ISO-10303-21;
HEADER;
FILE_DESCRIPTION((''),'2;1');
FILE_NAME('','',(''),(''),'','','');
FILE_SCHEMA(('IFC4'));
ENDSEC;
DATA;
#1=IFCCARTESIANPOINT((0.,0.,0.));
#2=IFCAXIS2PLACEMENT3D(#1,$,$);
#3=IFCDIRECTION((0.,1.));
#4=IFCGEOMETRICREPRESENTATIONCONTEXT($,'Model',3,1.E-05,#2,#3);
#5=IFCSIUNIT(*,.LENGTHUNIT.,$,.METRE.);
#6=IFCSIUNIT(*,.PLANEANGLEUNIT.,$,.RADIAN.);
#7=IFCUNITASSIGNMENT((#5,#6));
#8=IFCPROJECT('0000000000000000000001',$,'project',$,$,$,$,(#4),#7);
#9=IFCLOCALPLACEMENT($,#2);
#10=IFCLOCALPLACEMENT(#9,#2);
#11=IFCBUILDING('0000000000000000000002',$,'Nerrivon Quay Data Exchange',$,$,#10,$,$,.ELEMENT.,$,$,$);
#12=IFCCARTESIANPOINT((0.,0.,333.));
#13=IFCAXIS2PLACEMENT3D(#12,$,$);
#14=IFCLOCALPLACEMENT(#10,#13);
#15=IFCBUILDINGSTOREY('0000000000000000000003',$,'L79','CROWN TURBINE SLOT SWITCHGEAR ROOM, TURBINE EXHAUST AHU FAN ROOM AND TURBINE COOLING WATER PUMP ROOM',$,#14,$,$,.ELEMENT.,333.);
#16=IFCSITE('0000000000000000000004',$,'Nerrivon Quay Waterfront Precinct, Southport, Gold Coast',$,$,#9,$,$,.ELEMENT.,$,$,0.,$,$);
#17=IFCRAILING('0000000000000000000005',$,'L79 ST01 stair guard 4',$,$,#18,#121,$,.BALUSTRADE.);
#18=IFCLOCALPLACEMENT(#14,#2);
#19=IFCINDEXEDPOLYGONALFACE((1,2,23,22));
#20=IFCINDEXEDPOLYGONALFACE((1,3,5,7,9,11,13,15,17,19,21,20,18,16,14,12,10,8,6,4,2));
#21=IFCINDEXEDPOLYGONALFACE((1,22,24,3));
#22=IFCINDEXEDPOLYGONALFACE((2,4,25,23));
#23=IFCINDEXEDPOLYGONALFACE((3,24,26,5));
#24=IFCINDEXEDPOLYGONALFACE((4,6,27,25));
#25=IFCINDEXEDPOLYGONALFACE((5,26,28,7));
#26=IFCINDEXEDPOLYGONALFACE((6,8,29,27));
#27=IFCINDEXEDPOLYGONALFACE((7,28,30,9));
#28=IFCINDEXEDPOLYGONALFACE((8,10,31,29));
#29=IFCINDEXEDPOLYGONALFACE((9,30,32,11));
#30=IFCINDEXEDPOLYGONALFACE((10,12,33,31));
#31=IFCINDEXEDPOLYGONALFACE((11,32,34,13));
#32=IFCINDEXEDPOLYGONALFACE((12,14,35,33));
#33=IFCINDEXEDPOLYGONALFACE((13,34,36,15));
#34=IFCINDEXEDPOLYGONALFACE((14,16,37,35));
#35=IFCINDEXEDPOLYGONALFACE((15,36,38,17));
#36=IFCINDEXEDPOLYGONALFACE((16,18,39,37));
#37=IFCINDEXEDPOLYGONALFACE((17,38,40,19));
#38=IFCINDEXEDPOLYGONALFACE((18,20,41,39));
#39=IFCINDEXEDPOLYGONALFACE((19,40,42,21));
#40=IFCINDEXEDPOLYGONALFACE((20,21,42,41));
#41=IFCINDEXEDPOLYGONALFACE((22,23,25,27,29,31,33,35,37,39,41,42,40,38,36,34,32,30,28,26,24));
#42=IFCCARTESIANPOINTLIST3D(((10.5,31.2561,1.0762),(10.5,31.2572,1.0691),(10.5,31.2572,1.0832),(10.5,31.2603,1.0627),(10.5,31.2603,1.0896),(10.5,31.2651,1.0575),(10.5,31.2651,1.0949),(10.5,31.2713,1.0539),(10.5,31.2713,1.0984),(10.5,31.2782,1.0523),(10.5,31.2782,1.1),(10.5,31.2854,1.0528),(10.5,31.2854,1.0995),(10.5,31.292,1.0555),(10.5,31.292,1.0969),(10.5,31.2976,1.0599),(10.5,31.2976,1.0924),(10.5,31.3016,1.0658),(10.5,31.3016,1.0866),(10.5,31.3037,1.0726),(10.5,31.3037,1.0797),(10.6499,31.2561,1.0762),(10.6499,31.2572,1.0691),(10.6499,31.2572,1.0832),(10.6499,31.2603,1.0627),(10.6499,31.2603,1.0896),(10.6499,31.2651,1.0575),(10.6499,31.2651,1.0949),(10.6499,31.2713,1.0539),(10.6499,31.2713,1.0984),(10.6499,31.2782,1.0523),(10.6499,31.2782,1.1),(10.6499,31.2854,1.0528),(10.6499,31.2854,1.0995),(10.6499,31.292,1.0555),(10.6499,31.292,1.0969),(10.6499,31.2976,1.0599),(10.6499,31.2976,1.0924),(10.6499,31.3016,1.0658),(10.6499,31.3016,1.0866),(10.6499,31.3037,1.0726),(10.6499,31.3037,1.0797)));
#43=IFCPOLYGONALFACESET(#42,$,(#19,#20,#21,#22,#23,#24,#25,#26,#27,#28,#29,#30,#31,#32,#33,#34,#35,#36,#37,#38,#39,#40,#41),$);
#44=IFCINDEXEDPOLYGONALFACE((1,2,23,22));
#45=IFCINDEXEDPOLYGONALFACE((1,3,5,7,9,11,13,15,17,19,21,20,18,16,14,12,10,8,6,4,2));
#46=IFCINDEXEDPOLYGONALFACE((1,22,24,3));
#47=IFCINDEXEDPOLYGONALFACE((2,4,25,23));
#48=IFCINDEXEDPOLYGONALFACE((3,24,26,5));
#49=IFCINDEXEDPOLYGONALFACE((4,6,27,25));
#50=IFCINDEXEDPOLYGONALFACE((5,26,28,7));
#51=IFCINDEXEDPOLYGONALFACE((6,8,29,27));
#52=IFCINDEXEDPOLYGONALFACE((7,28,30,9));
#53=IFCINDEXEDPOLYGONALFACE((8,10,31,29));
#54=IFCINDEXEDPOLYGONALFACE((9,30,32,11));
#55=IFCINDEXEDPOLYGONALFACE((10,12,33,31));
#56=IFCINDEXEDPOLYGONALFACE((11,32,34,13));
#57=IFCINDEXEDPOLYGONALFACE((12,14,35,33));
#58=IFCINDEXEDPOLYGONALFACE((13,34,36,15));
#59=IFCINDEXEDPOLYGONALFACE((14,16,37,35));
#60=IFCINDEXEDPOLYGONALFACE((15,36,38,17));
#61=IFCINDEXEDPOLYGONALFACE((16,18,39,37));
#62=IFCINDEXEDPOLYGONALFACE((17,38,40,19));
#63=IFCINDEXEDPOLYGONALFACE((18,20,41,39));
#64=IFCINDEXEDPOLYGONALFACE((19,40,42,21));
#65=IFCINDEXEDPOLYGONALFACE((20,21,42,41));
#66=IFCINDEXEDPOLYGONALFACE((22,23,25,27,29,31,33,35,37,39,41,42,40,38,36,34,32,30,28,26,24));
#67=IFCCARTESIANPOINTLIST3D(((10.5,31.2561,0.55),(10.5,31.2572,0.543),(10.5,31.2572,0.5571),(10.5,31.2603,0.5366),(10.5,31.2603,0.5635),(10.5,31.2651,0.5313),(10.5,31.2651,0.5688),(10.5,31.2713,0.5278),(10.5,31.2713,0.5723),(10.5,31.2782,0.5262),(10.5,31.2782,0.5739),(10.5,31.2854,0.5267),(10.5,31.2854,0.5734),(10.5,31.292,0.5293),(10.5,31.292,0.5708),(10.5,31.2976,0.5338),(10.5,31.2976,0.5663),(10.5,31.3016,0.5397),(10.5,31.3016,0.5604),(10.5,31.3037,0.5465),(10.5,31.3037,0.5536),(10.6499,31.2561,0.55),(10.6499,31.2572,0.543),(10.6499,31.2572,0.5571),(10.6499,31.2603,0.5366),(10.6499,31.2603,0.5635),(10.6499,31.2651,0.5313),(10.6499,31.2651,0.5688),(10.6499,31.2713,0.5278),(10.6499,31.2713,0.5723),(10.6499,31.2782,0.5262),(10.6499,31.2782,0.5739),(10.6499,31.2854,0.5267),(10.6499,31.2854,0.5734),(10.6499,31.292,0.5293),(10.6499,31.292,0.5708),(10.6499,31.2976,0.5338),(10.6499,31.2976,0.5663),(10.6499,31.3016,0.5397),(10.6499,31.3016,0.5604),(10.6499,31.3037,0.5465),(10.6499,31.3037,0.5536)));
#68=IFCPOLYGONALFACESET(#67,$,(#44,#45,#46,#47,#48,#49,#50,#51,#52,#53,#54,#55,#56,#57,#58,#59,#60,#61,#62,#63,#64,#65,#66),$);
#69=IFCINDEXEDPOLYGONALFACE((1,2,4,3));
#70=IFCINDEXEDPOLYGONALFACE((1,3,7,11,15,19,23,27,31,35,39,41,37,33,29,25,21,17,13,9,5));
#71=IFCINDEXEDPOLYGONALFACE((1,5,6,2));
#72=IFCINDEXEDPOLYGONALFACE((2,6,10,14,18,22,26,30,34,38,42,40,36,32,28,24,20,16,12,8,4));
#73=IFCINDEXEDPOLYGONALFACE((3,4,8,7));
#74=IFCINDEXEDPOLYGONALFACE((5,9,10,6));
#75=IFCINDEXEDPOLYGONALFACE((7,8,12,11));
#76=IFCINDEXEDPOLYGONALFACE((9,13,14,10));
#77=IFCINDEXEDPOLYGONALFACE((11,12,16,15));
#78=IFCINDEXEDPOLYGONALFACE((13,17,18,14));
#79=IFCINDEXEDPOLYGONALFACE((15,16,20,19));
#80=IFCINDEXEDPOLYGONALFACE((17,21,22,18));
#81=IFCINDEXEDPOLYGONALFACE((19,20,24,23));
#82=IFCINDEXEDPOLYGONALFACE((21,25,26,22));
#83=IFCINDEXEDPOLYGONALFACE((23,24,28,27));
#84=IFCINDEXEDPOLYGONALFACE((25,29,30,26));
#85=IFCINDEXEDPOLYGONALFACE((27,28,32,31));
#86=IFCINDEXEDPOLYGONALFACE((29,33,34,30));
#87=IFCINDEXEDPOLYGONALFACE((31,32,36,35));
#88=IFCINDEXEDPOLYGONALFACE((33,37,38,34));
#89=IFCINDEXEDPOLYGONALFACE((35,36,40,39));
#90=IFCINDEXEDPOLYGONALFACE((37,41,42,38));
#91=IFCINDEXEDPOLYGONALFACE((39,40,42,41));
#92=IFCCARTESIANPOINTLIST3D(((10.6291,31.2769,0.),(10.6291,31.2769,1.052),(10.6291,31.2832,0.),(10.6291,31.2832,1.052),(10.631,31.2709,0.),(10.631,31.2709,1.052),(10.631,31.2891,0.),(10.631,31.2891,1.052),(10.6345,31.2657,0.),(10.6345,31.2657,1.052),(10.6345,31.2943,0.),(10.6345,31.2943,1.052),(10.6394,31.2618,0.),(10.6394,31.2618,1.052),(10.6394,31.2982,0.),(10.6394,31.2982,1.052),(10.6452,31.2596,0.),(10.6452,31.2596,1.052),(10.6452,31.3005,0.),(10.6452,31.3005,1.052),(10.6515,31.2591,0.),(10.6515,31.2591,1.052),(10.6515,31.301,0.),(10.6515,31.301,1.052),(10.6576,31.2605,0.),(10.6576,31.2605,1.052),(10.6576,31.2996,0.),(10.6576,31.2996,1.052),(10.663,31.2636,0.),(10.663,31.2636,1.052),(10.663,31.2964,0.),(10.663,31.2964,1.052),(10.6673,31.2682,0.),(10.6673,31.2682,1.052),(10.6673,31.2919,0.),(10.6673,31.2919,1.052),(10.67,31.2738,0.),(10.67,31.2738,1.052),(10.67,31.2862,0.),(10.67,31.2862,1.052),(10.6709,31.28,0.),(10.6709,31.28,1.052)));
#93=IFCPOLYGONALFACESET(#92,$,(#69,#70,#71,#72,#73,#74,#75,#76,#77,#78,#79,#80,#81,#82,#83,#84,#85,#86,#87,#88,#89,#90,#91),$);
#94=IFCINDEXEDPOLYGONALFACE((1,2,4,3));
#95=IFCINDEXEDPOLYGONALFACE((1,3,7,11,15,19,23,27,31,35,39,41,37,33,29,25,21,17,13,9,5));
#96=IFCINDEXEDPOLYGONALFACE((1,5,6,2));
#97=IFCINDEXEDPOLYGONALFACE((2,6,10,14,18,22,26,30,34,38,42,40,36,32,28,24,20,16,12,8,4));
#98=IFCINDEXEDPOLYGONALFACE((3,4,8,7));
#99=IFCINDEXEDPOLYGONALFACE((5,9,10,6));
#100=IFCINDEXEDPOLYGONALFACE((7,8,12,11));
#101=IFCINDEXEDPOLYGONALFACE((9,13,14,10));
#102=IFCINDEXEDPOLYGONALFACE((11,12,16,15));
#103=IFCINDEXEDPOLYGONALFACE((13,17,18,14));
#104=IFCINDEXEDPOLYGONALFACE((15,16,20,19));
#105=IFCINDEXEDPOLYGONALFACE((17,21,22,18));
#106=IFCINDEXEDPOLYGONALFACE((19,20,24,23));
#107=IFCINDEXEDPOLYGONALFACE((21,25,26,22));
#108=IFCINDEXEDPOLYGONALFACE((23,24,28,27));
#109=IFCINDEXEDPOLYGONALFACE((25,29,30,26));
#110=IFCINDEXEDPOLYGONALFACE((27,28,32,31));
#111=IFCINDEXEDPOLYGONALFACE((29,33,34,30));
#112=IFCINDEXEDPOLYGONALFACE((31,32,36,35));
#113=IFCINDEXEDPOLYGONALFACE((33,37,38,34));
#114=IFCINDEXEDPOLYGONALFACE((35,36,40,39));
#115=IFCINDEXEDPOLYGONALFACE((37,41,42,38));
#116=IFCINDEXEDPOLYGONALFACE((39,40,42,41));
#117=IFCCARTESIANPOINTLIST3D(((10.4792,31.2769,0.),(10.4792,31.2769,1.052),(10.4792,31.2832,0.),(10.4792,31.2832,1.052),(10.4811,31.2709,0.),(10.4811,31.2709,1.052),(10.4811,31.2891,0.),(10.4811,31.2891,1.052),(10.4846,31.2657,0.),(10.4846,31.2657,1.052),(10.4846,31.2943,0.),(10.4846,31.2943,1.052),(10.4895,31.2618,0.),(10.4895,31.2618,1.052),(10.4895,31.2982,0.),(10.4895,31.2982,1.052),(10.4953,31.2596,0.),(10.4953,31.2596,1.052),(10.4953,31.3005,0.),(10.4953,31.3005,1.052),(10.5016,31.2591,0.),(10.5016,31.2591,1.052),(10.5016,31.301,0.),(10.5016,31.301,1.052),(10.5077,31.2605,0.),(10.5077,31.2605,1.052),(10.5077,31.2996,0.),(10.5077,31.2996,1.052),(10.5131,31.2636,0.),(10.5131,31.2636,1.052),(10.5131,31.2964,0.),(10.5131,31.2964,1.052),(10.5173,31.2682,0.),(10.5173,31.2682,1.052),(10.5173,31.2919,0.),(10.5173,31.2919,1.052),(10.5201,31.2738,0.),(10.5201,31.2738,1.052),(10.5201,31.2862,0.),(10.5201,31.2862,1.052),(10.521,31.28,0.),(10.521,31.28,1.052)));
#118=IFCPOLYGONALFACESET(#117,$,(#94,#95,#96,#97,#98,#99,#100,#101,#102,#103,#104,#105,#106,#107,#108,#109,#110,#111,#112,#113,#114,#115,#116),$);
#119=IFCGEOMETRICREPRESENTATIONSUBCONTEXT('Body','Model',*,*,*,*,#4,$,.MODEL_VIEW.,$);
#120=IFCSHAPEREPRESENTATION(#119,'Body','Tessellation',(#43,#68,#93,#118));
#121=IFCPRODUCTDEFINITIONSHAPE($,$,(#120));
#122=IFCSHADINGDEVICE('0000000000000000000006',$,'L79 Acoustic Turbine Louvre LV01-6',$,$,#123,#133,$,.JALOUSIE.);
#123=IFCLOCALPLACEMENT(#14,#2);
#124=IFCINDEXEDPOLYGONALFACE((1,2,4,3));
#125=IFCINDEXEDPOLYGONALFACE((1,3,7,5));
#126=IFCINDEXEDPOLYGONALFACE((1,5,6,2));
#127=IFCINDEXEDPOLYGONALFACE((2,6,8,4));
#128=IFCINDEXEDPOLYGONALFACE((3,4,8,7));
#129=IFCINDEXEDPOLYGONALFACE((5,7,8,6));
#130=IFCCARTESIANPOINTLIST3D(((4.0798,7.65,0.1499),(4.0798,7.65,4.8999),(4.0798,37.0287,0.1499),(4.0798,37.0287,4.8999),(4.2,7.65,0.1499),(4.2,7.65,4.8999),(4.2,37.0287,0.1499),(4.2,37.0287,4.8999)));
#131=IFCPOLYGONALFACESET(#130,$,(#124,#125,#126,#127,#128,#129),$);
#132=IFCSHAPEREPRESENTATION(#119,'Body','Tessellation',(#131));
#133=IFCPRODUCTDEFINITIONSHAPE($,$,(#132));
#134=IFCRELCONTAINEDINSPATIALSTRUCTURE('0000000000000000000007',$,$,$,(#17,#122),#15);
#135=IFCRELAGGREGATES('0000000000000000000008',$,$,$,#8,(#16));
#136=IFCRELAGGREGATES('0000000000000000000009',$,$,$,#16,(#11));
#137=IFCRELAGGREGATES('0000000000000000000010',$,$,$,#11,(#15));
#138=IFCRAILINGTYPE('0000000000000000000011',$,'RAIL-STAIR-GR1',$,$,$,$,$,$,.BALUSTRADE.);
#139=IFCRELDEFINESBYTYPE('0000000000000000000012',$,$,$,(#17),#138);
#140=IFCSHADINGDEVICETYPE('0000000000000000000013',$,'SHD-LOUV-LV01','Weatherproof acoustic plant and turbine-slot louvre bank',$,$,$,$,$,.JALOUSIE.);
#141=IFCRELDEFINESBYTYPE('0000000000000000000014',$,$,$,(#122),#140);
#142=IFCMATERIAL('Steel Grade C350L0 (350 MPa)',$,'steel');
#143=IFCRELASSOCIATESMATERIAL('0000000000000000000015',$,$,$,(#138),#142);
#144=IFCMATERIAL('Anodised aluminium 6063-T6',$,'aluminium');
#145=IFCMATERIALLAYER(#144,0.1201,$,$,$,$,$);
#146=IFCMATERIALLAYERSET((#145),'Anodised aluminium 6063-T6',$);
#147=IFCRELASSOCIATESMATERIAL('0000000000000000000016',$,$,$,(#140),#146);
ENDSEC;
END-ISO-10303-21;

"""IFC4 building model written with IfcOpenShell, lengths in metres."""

from ifc_helpers import new_model, si_unit, direction, frame, origin, origin_2d, place, context, subcontext, project, spatial, rectangle, circle, extrude, material, layer, layer_set, type_object, element, save


model = new_model("IFC4")

# Units and contexts
model_context = context("Model", 3, precision=1e-05, world=origin(), true_north=direction((0.0, 1.0)))
body_context = subcontext(model_context, "Body", "Model", "MODEL_VIEW")
ifc_project = project(units=[si_unit("LENGTHUNIT", "METRE"), si_unit("PLANEANGLEUNIT", "RADIAN")], contexts=[model_context])

# Site, building, storey
site_placement = place(None, origin())
site = spatial("IfcSite", under=ifc_project, at=site_placement, Name="Nerrivon Quay Waterfront Precinct, Southport, Gold Coast", CompositionType="ELEMENT", RefElevation=0.0)
building_placement = place(site_placement, origin())
building = spatial("IfcBuilding", under=site, at=building_placement, Name="Nerrivon Quay Data Exchange", CompositionType="ELEMENT")
storey_placement = place(building_placement, frame((0.0, 0.0, 333.0)))
storey = spatial("IfcBuildingStorey", under=building, at=storey_placement, Name="L79", Description="CROWN TURBINE SLOT SWITCHGEAR ROOM, TURBINE EXHAUST AHU FAN ROOM AND TURBINE COOLING WATER PUMP ROOM", CompositionType="ELEMENT", Elevation=333.0)

# Railing
ifc_material_1 = material(Name="Steel Grade C350L0 (350 MPa)", Category="steel")
railing_type_1 = type_object("IfcRailingType", Name="RAIL-STAIR-GR1", PredefinedType="BALUSTRADE", material=ifc_material_1)
railing_1_placement = place(storey_placement, frame((10.6499, 31.28, 0.0)))
element("IfcRailing", 1, at=railing_1_placement, inside=storey, type_object=railing_type_1, Name="L79 ST01 stair guard 4", PredefinedType="BALUSTRADE", context=body_context, shape_type="SweptSolid", body=[
    extrude(circle(Radius=0.0239, at=origin_2d()), frame((0.0, 0.0, 1.0762), z_axis=(-1.0, 0.0, 0.0), x_axis=(0.0, -1.0, 0.0)), (0.0, 0.0, 1.0), 0.1499),
    extrude(circle(Radius=0.0239, at=origin_2d()), frame((0.0, 0.0, 0.55), z_axis=(-1.0, 0.0, 0.0), x_axis=(0.0, -1.0, 0.0)), (0.0, 0.0, 1.0), 0.1499),
    extrude(circle(Radius=0.021, at=origin_2d()), origin(), (0.0, 0.0, 1.0), 1.052),
    extrude(circle(Radius=0.021, at=origin_2d()), frame((-0.1499, 0.0, 0.0)), (0.0, 0.0, 1.0), 1.052),
])

# Shading device
ifc_material_2 = material(Name="Anodised aluminium 6063-T6", Category="aluminium")
ifc_layer_1 = layer(ifc_material_2, 0.1201)
ifc_layer_set_1 = layer_set([ifc_layer_1], Name="Anodised aluminium 6063-T6")
shading_device_type = type_object("IfcShadingDeviceType", Name="SHD-LOUV-LV01", Description="Weatherproof acoustic plant and turbine-slot louvre bank", PredefinedType="JALOUSIE", material=ifc_layer_set_1)
shading_device_placement = place(storey_placement, frame((4.1399, 22.3394, 0.1499), z_axis=(0.0, 0.0, 1.0), x_axis=(0.0, 1.0, 0.0)))
element("IfcShadingDevice", 2, at=shading_device_placement, inside=storey, type_object=shading_device_type, Name="L79 Acoustic Turbine Louvre LV01-6", PredefinedType="JALOUSIE", context=body_context, shape_type="SweptSolid", body=[
    extrude(rectangle(XDim=29.3787, YDim=0.1201, at=origin_2d()), origin(), (0.0, 0.0, 1.0), 4.75),
])

save(model, "model.ifc")
